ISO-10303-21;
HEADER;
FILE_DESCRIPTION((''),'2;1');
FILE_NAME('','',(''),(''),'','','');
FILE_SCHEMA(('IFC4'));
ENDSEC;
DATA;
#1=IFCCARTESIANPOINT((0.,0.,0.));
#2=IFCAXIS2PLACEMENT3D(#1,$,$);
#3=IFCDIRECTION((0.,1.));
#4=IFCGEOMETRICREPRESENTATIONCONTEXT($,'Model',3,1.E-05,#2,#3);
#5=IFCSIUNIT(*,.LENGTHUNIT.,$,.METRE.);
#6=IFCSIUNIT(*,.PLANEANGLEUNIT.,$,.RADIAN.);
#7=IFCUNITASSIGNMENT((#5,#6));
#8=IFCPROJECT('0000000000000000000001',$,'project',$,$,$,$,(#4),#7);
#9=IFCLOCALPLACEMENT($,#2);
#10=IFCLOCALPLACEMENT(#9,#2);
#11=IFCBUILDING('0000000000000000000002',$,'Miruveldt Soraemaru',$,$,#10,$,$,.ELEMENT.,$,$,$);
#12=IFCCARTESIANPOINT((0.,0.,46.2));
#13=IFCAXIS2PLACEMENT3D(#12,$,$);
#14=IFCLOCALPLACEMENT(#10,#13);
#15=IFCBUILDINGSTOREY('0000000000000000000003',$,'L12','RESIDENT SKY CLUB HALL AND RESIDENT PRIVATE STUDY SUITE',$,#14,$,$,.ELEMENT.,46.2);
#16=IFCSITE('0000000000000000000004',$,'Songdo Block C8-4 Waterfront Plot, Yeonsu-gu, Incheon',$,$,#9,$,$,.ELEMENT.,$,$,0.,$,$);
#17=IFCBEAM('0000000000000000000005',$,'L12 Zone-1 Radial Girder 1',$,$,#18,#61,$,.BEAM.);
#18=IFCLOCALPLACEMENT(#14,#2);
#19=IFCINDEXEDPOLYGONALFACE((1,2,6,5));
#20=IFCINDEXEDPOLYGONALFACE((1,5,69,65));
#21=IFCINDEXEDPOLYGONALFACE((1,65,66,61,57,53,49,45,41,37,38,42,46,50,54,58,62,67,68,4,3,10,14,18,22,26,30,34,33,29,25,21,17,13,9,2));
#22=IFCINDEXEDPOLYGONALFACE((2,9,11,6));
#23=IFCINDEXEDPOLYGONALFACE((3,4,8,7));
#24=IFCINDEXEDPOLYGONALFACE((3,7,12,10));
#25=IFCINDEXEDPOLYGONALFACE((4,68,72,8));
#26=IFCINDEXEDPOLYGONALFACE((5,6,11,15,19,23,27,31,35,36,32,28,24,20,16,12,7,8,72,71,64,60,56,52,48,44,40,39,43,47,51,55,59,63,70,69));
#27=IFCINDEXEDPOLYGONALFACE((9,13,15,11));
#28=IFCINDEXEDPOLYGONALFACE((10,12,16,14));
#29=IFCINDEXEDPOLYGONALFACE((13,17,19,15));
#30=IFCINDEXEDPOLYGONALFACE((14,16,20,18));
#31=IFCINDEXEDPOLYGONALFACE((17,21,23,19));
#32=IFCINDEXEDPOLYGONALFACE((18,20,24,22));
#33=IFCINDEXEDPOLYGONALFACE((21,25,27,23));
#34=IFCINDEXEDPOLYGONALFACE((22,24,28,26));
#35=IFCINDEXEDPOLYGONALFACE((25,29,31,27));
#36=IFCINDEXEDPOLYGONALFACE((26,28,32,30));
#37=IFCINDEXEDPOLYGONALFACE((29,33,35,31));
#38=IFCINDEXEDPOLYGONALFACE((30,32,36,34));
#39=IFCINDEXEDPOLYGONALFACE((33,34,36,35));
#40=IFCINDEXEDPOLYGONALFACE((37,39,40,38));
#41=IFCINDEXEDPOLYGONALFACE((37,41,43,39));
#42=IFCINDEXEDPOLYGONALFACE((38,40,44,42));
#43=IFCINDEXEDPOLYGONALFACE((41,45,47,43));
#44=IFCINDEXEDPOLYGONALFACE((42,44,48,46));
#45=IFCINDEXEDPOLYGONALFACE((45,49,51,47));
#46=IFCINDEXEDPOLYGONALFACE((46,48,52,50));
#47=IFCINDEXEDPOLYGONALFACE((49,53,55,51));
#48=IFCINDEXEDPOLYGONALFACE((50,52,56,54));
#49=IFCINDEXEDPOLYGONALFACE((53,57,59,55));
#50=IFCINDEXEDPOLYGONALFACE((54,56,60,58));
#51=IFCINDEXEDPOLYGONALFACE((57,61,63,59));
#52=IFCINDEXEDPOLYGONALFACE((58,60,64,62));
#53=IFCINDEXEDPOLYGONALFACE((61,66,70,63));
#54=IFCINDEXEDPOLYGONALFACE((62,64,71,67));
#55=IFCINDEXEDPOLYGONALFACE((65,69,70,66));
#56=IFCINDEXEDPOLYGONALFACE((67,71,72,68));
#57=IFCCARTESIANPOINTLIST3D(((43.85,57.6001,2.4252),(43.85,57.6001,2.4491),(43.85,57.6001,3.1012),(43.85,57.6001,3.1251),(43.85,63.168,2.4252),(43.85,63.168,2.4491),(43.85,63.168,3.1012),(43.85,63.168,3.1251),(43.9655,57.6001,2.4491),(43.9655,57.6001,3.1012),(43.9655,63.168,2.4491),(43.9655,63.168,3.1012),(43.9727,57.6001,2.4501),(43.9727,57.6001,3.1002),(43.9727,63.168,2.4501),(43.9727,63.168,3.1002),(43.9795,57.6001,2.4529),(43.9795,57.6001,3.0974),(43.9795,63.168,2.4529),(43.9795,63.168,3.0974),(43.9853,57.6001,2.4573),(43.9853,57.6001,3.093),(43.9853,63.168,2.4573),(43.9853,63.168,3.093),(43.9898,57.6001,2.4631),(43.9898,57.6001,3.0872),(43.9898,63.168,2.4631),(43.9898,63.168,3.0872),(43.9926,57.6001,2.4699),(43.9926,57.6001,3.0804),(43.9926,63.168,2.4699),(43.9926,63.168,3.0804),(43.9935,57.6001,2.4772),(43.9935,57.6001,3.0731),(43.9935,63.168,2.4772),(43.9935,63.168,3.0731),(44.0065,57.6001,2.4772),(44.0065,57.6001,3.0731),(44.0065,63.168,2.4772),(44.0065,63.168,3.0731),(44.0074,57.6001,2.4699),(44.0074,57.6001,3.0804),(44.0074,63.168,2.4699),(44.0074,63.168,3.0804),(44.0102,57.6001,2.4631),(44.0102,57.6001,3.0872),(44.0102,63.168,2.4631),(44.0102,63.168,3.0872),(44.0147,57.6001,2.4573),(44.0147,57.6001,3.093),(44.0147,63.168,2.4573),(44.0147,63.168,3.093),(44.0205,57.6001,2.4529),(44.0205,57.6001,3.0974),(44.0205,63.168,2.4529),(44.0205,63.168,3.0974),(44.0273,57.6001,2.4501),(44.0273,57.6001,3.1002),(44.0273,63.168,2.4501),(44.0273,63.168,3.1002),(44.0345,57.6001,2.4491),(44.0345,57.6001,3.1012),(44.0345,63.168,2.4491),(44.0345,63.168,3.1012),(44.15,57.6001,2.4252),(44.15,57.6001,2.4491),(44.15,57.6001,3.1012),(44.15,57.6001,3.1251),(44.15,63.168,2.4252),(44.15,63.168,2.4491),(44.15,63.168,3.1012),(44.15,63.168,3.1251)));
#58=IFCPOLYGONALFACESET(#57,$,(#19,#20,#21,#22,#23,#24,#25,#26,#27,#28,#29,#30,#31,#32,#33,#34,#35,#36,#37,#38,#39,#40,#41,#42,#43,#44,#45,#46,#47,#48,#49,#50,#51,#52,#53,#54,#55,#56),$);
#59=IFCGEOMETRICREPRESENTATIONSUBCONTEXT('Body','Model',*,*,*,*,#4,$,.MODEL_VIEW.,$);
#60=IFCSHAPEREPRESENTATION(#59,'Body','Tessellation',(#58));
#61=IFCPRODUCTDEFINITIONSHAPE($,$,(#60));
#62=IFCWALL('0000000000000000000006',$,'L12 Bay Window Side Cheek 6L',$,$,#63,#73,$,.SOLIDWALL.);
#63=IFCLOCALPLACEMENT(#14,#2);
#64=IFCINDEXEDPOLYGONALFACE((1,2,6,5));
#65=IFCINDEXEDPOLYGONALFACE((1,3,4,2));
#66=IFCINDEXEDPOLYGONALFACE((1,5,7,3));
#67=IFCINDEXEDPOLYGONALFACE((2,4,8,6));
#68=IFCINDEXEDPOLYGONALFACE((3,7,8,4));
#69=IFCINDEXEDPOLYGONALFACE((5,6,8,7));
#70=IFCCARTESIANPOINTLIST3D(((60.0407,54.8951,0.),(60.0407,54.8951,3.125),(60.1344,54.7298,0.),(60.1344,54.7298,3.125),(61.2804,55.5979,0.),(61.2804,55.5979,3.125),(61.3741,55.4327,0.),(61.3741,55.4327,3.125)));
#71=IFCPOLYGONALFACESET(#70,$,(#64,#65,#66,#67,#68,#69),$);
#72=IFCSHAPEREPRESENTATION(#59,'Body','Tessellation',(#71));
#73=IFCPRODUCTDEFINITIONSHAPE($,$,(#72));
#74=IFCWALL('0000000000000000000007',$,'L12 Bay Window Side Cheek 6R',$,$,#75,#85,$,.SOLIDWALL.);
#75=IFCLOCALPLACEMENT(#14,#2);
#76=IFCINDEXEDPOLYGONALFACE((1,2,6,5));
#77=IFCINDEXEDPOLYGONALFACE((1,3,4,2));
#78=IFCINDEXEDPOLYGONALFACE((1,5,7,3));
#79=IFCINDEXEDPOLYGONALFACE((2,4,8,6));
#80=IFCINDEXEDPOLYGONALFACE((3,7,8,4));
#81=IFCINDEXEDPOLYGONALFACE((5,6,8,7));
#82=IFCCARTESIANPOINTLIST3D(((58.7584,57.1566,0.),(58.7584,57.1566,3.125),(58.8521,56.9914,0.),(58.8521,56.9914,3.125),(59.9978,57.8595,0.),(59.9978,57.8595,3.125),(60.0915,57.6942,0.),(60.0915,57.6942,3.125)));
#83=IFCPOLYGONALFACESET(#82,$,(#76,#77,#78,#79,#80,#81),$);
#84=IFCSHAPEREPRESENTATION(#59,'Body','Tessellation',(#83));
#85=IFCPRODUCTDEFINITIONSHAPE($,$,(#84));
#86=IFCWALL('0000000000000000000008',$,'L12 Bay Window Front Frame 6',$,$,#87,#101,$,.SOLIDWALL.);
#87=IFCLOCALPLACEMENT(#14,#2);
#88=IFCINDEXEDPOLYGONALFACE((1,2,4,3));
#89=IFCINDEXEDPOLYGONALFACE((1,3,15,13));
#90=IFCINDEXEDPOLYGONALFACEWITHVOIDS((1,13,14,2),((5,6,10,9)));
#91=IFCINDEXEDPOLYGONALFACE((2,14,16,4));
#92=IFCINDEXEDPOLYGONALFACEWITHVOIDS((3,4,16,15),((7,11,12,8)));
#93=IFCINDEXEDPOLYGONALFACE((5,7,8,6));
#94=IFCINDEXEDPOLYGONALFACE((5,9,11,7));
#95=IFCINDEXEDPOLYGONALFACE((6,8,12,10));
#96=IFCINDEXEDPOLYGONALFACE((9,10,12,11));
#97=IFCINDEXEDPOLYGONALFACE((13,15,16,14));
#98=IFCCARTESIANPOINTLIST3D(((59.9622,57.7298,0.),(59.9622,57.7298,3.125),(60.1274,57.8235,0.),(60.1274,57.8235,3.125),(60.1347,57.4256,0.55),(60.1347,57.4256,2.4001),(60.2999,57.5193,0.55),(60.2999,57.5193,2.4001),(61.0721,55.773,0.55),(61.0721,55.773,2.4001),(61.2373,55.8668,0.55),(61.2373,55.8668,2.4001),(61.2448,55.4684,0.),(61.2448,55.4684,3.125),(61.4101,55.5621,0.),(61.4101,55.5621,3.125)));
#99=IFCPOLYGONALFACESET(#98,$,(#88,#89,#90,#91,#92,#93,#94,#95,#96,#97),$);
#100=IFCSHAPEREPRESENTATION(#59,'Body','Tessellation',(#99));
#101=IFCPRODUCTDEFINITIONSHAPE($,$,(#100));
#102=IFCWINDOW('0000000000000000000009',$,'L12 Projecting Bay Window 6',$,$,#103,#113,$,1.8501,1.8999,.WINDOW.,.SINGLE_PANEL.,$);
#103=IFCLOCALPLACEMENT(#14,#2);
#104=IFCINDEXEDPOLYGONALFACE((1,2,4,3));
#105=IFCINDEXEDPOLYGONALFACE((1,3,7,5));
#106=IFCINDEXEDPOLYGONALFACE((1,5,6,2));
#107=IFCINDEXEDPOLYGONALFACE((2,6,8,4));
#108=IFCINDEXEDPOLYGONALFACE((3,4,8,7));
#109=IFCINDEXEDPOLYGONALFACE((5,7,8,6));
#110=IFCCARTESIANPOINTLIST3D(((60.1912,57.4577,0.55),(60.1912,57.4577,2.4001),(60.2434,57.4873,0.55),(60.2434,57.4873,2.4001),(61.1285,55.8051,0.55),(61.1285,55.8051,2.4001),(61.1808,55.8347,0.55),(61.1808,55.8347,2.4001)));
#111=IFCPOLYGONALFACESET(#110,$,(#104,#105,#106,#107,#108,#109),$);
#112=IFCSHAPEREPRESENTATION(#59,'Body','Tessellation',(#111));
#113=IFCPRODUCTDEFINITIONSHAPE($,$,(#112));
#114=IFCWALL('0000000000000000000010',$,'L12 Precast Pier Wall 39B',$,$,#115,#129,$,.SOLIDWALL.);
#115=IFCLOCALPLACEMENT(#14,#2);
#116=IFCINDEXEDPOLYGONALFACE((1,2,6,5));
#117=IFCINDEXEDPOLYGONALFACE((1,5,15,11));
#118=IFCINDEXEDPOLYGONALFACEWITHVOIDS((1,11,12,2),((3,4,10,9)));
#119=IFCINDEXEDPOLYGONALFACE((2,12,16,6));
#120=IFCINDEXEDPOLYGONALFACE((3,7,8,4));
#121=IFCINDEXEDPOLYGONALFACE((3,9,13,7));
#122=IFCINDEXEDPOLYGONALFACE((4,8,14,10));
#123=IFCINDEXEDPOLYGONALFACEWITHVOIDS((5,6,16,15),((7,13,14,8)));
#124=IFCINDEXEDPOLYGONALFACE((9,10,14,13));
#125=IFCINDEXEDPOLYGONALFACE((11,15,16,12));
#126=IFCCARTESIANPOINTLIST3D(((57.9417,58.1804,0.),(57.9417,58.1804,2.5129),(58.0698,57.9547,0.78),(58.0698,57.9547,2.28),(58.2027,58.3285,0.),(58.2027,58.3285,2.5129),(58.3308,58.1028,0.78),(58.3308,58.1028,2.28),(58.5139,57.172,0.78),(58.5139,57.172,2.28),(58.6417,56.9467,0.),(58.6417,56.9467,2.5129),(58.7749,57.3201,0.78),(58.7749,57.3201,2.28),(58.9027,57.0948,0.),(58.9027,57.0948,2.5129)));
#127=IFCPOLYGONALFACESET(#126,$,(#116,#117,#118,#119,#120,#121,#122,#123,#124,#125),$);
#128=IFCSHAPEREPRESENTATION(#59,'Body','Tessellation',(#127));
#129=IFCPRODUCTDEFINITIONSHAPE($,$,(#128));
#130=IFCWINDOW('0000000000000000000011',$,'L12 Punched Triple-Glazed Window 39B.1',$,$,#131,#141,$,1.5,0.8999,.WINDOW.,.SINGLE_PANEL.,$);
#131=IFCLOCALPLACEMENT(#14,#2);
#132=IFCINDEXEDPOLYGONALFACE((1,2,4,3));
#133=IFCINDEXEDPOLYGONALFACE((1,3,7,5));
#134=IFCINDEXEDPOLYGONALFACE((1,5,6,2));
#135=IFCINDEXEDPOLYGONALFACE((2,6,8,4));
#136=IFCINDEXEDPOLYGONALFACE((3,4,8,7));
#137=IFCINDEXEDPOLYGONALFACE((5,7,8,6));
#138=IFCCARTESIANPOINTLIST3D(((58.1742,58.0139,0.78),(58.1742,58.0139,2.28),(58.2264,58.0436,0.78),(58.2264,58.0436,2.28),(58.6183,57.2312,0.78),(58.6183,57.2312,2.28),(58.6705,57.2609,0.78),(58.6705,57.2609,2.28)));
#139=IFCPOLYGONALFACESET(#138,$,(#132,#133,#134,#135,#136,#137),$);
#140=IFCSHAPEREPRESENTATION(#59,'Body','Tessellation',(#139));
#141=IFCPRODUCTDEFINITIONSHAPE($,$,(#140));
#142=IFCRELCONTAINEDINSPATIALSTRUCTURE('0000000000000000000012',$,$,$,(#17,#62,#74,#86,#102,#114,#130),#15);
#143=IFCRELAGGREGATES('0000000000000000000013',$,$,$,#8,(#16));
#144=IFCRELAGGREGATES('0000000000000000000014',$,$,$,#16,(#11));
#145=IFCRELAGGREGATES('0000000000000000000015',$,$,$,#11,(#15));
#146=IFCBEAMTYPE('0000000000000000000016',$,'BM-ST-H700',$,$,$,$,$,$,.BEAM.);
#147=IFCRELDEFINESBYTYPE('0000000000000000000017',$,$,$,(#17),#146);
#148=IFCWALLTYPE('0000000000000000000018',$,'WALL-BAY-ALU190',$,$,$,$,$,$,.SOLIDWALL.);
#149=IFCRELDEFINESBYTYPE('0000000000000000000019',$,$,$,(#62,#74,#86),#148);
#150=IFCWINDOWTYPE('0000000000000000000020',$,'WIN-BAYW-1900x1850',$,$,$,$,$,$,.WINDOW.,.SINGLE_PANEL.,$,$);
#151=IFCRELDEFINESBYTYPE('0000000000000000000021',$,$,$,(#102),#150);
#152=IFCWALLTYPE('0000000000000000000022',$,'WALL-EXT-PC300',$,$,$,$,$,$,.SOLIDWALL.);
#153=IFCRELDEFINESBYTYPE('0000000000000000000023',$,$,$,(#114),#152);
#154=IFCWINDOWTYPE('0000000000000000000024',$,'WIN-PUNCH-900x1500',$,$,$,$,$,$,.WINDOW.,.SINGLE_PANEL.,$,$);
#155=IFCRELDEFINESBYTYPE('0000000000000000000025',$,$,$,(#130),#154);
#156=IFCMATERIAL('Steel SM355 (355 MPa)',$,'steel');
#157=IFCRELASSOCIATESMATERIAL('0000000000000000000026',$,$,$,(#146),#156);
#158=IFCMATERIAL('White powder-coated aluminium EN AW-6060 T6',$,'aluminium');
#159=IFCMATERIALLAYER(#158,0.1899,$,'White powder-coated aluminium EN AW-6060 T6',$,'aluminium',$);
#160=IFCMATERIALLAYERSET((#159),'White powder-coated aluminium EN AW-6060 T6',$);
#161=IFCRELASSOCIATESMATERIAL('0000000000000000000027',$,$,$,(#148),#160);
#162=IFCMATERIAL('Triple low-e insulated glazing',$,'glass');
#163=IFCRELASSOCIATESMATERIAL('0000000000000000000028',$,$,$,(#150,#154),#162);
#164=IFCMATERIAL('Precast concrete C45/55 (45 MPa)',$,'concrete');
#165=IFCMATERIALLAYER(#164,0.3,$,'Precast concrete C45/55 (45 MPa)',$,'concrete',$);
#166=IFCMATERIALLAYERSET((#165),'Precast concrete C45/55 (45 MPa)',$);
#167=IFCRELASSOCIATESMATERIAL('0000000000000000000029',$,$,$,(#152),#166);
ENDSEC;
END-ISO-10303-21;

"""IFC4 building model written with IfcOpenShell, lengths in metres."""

from ifc_helpers import new_model, si_unit, direction, frame, frame_2d, origin, origin_2d, place, context, subcontext, project, spatial, rectangle, i_section, extrude, material, layer, layer_set, material_profile, profile_set, type_object, element, fill, save


model = new_model("IFC4")

# Units and contexts
model_context = context("Model", 3, precision=1e-05, world=origin(), true_north=direction((0.0, 1.0)))
body_context = subcontext(model_context, "Body", "Model", "MODEL_VIEW")
ifc_project = project(units=[si_unit("LENGTHUNIT", "METRE"), si_unit("PLANEANGLEUNIT", "RADIAN")], contexts=[model_context])

# Site, building, storey
site_placement = place(None, origin())
site = spatial("IfcSite", under=ifc_project, at=site_placement, Name="Songdo Block C8-4 Waterfront Plot, Yeonsu-gu, Incheon", CompositionType="ELEMENT", RefElevation=0.0)
building_placement = place(site_placement, origin())
building = spatial("IfcBuilding", under=site, at=building_placement, Name="Miruveldt Soraemaru", CompositionType="ELEMENT")
storey_placement = place(building_placement, frame((0.0, 0.0, 46.2)))
storey = spatial("IfcBuildingStorey", under=building, at=storey_placement, Name="L12", Description="RESIDENT SKY CLUB HALL AND RESIDENT PRIVATE STUDY SUITE", CompositionType="ELEMENT", Elevation=46.2)

# Beam
ifc_material_1 = material(Name="Steel SM355 (355 MPa)", Category="steel")
ifc_material_profile = material_profile(ifc_material_1, i_section(OverallWidth=0.3, OverallDepth=0.7, WebThickness=0.0129, FlangeThickness=0.0239, FilletRadius=0.0281, at=origin_2d()), Name="Steel SM355 (355 MPa)", Category="steel")
ifc_profile_set = profile_set([ifc_material_profile], Name="Steel SM355 (355 MPa)")
beam_type = type_object("IfcBeamType", Name="BM-ST-H700", PredefinedType="BEAM", material=ifc_profile_set)
beam_placement = place(storey_placement, frame((44.0, 57.6001, 2.7751), z_axis=(0.0, 1.0, 0.0), x_axis=(-1.0, 0.0, 0.0)))
element("IfcBeam", 1, at=beam_placement, inside=storey, type_object=beam_type, Name="L12 Zone-1 Radial Girder 1", PredefinedType="BEAM", context=body_context, shape_type="SweptSolid", body=[
    extrude(i_section(OverallWidth=0.3, OverallDepth=0.7, WebThickness=0.0129, FlangeThickness=0.0239, FilletRadius=0.0281, at=origin_2d()), origin(), (0.0, 0.0, 1.0), 5.5679),
])

# Walls
ifc_material_2 = material(Name="White powder-coated aluminium EN AW-6060 T6", Category="aluminium")
ifc_layer_1 = layer(ifc_material_2, 0.1899, Name="White powder-coated aluminium EN AW-6060 T6", Category="aluminium")
ifc_layer_set_1 = layer_set([ifc_layer_1], Name="White powder-coated aluminium EN AW-6060 T6")
wall_type_1 = type_object("IfcWallType", Name="WALL-BAY-ALU190", PredefinedType="SOLIDWALL", material=ifc_layer_set_1)
wall_1_placement = place(storey_placement, frame((60.0876, 54.8125, 0.0), z_axis=(0.0, 0.0, 1.0), x_axis=(0.869914, 0.493203, 0.0)))
element("IfcWall", 2, at=wall_1_placement, inside=storey, type_object=wall_type_1, Name="L12 Bay Window Side Cheek 6L", PredefinedType="SOLIDWALL", context=body_context, shape_type="SweptSolid", body=[
    extrude(rectangle(XDim=1.425, YDim=0.1899, at=frame_2d((0.7124, 0.0))), origin(), (0.0, 0.0, 1.0), 3.125),
])
wall_2_placement = place(storey_placement, frame((60.0447, 57.7769, 0.0), z_axis=(0.0, 0.0, 1.0), x_axis=(-0.869873, -0.493276, 0.0)))
element("IfcWall", 3, at=wall_2_placement, inside=storey, type_object=wall_type_1, Name="L12 Bay Window Side Cheek 6R", PredefinedType="SOLIDWALL", context=body_context, shape_type="SweptSolid", body=[
    extrude(rectangle(XDim=1.4248, YDim=0.1899, at=frame_2d((0.7124, 0.0))), origin(), (0.0, 0.0, 1.0), 3.125),
])

# Walls, openings, windows
wall_3_placement = place(storey_placement, frame((61.3274, 55.5154, 0.0), z_axis=(0.0, 0.0, 1.0), x_axis=(-0.493366, 0.869822, 0.0)))
wall_3 = element("IfcWall", 4, at=wall_3_placement, inside=storey, type_object=wall_type_1, Name="L12 Bay Window Front Frame 6", PredefinedType="SOLIDWALL", context=body_context, shape_type="SweptSolid", body=[
    extrude(rectangle(XDim=2.5999, YDim=0.1899, at=frame_2d((1.2998, 0.0))), origin(), (0.0, 0.0, 1.0), 3.125),
])
opening_1_placement = place(wall_3_placement, frame((0.3501, 0.0, 0.55)))
opening_1 = element("IfcOpeningElement", 5, at=opening_1_placement, cuts=wall_3, PredefinedType="OPENING", context=body_context, shape_type="SweptSolid", body=[
    extrude(rectangle(XDim=1.8999, YDim=1.8501, at=frame_2d((0.95, 0.925))), frame((0.0, 0.105, 0.0), z_axis=(0.0, -1.0, 0.0), x_axis=(1.0, 0.0, 0.0)), (0.0, 0.0, 1.0), 0.21),
])
ifc_material_3 = material(Name="Triple low-e insulated glazing", Category="glass")
window_type_1 = type_object("IfcWindowType", Name="WIN-BAYW-1900x1850", PartitioningType="SINGLE_PANEL", PredefinedType="WINDOW", material=ifc_material_3)
window_1_placement = place(opening_1_placement, origin())
window_1 = element("IfcWindow", 6, at=window_1_placement, inside=storey, type_object=window_type_1, Name="L12 Projecting Bay Window 6", OverallHeight=1.8501, OverallWidth=1.8999, PartitioningType="SINGLE_PANEL", PredefinedType="WINDOW", context=body_context, shape_type="SweptSolid", body=[
    extrude(rectangle(XDim=1.8999, YDim=1.8501, at=frame_2d((0.95, 0.925))), frame((0.0, 0.03, 0.0), z_axis=(0.0, -1.0, 0.0), x_axis=(1.0, 0.0, 0.0)), (0.0, 0.0, 1.0), 0.0601),
])
fill(opening_1, window_1)
ifc_material_4 = material(Name="Precast concrete C45/55 (45 MPa)", Category="concrete")
ifc_layer_2 = layer(ifc_material_4, 0.3, Name="Precast concrete C45/55 (45 MPa)", Category="concrete")
ifc_layer_set_2 = layer_set([ifc_layer_2], Name="Precast concrete C45/55 (45 MPa)")
wall_type_2 = type_object("IfcWallType", Name="WALL-EXT-PC300", PredefinedType="SOLIDWALL", material=ifc_layer_set_2)
wall_4_placement = place(storey_placement, frame((58.7722, 57.0208, 0.0), z_axis=(0.0, 0.0, 1.0), x_axis=(-0.493486, 0.869754, 0.0)))
wall_4 = element("IfcWall", 7, at=wall_4_placement, inside=storey, type_object=wall_type_2, Name="L12 Precast Pier Wall 39B", PredefinedType="SOLIDWALL", context=body_context, shape_type="SweptSolid", body=[
    extrude(rectangle(XDim=1.4185, YDim=0.3, at=frame_2d((0.7092, 0.0))), origin(), (0.0, 0.0, 1.0), 2.5129),
])
opening_2_placement = place(wall_4_placement, frame((0.259, 0.0, 0.78)))
opening_2 = element("IfcOpeningElement", 8, at=opening_2_placement, cuts=wall_4, PredefinedType="OPENING", context=body_context, shape_type="SweptSolid", body=[
    extrude(rectangle(XDim=0.8999, YDim=1.5, at=frame_2d((0.45, 0.75))), frame((0.0, 0.1602, 0.0), z_axis=(0.0, -1.0, 0.0), x_axis=(1.0, 0.0, 0.0)), (0.0, 0.0, 1.0), 0.3201),
])
window_type_2 = type_object("IfcWindowType", Name="WIN-PUNCH-900x1500", PartitioningType="SINGLE_PANEL", PredefinedType="WINDOW", material=ifc_material_3)
window_2_placement = place(opening_2_placement, origin())
window_2 = element("IfcWindow", 9, at=window_2_placement, inside=storey, type_object=window_type_2, Name="L12 Punched Triple-Glazed Window 39B.1", OverallHeight=1.5, OverallWidth=0.8999, PartitioningType="SINGLE_PANEL", PredefinedType="WINDOW", context=body_context, shape_type="SweptSolid", body=[
    extrude(rectangle(XDim=0.8999, YDim=1.5, at=frame_2d((0.45, 0.75))), frame((0.0, 0.03, 0.0), z_axis=(0.0, -1.0, 0.0), x_axis=(1.0, 0.0, 0.0)), (0.0, 0.0, 1.0), 0.0601),
])
fill(opening_2, window_2)

save(model, "model.ifc")
